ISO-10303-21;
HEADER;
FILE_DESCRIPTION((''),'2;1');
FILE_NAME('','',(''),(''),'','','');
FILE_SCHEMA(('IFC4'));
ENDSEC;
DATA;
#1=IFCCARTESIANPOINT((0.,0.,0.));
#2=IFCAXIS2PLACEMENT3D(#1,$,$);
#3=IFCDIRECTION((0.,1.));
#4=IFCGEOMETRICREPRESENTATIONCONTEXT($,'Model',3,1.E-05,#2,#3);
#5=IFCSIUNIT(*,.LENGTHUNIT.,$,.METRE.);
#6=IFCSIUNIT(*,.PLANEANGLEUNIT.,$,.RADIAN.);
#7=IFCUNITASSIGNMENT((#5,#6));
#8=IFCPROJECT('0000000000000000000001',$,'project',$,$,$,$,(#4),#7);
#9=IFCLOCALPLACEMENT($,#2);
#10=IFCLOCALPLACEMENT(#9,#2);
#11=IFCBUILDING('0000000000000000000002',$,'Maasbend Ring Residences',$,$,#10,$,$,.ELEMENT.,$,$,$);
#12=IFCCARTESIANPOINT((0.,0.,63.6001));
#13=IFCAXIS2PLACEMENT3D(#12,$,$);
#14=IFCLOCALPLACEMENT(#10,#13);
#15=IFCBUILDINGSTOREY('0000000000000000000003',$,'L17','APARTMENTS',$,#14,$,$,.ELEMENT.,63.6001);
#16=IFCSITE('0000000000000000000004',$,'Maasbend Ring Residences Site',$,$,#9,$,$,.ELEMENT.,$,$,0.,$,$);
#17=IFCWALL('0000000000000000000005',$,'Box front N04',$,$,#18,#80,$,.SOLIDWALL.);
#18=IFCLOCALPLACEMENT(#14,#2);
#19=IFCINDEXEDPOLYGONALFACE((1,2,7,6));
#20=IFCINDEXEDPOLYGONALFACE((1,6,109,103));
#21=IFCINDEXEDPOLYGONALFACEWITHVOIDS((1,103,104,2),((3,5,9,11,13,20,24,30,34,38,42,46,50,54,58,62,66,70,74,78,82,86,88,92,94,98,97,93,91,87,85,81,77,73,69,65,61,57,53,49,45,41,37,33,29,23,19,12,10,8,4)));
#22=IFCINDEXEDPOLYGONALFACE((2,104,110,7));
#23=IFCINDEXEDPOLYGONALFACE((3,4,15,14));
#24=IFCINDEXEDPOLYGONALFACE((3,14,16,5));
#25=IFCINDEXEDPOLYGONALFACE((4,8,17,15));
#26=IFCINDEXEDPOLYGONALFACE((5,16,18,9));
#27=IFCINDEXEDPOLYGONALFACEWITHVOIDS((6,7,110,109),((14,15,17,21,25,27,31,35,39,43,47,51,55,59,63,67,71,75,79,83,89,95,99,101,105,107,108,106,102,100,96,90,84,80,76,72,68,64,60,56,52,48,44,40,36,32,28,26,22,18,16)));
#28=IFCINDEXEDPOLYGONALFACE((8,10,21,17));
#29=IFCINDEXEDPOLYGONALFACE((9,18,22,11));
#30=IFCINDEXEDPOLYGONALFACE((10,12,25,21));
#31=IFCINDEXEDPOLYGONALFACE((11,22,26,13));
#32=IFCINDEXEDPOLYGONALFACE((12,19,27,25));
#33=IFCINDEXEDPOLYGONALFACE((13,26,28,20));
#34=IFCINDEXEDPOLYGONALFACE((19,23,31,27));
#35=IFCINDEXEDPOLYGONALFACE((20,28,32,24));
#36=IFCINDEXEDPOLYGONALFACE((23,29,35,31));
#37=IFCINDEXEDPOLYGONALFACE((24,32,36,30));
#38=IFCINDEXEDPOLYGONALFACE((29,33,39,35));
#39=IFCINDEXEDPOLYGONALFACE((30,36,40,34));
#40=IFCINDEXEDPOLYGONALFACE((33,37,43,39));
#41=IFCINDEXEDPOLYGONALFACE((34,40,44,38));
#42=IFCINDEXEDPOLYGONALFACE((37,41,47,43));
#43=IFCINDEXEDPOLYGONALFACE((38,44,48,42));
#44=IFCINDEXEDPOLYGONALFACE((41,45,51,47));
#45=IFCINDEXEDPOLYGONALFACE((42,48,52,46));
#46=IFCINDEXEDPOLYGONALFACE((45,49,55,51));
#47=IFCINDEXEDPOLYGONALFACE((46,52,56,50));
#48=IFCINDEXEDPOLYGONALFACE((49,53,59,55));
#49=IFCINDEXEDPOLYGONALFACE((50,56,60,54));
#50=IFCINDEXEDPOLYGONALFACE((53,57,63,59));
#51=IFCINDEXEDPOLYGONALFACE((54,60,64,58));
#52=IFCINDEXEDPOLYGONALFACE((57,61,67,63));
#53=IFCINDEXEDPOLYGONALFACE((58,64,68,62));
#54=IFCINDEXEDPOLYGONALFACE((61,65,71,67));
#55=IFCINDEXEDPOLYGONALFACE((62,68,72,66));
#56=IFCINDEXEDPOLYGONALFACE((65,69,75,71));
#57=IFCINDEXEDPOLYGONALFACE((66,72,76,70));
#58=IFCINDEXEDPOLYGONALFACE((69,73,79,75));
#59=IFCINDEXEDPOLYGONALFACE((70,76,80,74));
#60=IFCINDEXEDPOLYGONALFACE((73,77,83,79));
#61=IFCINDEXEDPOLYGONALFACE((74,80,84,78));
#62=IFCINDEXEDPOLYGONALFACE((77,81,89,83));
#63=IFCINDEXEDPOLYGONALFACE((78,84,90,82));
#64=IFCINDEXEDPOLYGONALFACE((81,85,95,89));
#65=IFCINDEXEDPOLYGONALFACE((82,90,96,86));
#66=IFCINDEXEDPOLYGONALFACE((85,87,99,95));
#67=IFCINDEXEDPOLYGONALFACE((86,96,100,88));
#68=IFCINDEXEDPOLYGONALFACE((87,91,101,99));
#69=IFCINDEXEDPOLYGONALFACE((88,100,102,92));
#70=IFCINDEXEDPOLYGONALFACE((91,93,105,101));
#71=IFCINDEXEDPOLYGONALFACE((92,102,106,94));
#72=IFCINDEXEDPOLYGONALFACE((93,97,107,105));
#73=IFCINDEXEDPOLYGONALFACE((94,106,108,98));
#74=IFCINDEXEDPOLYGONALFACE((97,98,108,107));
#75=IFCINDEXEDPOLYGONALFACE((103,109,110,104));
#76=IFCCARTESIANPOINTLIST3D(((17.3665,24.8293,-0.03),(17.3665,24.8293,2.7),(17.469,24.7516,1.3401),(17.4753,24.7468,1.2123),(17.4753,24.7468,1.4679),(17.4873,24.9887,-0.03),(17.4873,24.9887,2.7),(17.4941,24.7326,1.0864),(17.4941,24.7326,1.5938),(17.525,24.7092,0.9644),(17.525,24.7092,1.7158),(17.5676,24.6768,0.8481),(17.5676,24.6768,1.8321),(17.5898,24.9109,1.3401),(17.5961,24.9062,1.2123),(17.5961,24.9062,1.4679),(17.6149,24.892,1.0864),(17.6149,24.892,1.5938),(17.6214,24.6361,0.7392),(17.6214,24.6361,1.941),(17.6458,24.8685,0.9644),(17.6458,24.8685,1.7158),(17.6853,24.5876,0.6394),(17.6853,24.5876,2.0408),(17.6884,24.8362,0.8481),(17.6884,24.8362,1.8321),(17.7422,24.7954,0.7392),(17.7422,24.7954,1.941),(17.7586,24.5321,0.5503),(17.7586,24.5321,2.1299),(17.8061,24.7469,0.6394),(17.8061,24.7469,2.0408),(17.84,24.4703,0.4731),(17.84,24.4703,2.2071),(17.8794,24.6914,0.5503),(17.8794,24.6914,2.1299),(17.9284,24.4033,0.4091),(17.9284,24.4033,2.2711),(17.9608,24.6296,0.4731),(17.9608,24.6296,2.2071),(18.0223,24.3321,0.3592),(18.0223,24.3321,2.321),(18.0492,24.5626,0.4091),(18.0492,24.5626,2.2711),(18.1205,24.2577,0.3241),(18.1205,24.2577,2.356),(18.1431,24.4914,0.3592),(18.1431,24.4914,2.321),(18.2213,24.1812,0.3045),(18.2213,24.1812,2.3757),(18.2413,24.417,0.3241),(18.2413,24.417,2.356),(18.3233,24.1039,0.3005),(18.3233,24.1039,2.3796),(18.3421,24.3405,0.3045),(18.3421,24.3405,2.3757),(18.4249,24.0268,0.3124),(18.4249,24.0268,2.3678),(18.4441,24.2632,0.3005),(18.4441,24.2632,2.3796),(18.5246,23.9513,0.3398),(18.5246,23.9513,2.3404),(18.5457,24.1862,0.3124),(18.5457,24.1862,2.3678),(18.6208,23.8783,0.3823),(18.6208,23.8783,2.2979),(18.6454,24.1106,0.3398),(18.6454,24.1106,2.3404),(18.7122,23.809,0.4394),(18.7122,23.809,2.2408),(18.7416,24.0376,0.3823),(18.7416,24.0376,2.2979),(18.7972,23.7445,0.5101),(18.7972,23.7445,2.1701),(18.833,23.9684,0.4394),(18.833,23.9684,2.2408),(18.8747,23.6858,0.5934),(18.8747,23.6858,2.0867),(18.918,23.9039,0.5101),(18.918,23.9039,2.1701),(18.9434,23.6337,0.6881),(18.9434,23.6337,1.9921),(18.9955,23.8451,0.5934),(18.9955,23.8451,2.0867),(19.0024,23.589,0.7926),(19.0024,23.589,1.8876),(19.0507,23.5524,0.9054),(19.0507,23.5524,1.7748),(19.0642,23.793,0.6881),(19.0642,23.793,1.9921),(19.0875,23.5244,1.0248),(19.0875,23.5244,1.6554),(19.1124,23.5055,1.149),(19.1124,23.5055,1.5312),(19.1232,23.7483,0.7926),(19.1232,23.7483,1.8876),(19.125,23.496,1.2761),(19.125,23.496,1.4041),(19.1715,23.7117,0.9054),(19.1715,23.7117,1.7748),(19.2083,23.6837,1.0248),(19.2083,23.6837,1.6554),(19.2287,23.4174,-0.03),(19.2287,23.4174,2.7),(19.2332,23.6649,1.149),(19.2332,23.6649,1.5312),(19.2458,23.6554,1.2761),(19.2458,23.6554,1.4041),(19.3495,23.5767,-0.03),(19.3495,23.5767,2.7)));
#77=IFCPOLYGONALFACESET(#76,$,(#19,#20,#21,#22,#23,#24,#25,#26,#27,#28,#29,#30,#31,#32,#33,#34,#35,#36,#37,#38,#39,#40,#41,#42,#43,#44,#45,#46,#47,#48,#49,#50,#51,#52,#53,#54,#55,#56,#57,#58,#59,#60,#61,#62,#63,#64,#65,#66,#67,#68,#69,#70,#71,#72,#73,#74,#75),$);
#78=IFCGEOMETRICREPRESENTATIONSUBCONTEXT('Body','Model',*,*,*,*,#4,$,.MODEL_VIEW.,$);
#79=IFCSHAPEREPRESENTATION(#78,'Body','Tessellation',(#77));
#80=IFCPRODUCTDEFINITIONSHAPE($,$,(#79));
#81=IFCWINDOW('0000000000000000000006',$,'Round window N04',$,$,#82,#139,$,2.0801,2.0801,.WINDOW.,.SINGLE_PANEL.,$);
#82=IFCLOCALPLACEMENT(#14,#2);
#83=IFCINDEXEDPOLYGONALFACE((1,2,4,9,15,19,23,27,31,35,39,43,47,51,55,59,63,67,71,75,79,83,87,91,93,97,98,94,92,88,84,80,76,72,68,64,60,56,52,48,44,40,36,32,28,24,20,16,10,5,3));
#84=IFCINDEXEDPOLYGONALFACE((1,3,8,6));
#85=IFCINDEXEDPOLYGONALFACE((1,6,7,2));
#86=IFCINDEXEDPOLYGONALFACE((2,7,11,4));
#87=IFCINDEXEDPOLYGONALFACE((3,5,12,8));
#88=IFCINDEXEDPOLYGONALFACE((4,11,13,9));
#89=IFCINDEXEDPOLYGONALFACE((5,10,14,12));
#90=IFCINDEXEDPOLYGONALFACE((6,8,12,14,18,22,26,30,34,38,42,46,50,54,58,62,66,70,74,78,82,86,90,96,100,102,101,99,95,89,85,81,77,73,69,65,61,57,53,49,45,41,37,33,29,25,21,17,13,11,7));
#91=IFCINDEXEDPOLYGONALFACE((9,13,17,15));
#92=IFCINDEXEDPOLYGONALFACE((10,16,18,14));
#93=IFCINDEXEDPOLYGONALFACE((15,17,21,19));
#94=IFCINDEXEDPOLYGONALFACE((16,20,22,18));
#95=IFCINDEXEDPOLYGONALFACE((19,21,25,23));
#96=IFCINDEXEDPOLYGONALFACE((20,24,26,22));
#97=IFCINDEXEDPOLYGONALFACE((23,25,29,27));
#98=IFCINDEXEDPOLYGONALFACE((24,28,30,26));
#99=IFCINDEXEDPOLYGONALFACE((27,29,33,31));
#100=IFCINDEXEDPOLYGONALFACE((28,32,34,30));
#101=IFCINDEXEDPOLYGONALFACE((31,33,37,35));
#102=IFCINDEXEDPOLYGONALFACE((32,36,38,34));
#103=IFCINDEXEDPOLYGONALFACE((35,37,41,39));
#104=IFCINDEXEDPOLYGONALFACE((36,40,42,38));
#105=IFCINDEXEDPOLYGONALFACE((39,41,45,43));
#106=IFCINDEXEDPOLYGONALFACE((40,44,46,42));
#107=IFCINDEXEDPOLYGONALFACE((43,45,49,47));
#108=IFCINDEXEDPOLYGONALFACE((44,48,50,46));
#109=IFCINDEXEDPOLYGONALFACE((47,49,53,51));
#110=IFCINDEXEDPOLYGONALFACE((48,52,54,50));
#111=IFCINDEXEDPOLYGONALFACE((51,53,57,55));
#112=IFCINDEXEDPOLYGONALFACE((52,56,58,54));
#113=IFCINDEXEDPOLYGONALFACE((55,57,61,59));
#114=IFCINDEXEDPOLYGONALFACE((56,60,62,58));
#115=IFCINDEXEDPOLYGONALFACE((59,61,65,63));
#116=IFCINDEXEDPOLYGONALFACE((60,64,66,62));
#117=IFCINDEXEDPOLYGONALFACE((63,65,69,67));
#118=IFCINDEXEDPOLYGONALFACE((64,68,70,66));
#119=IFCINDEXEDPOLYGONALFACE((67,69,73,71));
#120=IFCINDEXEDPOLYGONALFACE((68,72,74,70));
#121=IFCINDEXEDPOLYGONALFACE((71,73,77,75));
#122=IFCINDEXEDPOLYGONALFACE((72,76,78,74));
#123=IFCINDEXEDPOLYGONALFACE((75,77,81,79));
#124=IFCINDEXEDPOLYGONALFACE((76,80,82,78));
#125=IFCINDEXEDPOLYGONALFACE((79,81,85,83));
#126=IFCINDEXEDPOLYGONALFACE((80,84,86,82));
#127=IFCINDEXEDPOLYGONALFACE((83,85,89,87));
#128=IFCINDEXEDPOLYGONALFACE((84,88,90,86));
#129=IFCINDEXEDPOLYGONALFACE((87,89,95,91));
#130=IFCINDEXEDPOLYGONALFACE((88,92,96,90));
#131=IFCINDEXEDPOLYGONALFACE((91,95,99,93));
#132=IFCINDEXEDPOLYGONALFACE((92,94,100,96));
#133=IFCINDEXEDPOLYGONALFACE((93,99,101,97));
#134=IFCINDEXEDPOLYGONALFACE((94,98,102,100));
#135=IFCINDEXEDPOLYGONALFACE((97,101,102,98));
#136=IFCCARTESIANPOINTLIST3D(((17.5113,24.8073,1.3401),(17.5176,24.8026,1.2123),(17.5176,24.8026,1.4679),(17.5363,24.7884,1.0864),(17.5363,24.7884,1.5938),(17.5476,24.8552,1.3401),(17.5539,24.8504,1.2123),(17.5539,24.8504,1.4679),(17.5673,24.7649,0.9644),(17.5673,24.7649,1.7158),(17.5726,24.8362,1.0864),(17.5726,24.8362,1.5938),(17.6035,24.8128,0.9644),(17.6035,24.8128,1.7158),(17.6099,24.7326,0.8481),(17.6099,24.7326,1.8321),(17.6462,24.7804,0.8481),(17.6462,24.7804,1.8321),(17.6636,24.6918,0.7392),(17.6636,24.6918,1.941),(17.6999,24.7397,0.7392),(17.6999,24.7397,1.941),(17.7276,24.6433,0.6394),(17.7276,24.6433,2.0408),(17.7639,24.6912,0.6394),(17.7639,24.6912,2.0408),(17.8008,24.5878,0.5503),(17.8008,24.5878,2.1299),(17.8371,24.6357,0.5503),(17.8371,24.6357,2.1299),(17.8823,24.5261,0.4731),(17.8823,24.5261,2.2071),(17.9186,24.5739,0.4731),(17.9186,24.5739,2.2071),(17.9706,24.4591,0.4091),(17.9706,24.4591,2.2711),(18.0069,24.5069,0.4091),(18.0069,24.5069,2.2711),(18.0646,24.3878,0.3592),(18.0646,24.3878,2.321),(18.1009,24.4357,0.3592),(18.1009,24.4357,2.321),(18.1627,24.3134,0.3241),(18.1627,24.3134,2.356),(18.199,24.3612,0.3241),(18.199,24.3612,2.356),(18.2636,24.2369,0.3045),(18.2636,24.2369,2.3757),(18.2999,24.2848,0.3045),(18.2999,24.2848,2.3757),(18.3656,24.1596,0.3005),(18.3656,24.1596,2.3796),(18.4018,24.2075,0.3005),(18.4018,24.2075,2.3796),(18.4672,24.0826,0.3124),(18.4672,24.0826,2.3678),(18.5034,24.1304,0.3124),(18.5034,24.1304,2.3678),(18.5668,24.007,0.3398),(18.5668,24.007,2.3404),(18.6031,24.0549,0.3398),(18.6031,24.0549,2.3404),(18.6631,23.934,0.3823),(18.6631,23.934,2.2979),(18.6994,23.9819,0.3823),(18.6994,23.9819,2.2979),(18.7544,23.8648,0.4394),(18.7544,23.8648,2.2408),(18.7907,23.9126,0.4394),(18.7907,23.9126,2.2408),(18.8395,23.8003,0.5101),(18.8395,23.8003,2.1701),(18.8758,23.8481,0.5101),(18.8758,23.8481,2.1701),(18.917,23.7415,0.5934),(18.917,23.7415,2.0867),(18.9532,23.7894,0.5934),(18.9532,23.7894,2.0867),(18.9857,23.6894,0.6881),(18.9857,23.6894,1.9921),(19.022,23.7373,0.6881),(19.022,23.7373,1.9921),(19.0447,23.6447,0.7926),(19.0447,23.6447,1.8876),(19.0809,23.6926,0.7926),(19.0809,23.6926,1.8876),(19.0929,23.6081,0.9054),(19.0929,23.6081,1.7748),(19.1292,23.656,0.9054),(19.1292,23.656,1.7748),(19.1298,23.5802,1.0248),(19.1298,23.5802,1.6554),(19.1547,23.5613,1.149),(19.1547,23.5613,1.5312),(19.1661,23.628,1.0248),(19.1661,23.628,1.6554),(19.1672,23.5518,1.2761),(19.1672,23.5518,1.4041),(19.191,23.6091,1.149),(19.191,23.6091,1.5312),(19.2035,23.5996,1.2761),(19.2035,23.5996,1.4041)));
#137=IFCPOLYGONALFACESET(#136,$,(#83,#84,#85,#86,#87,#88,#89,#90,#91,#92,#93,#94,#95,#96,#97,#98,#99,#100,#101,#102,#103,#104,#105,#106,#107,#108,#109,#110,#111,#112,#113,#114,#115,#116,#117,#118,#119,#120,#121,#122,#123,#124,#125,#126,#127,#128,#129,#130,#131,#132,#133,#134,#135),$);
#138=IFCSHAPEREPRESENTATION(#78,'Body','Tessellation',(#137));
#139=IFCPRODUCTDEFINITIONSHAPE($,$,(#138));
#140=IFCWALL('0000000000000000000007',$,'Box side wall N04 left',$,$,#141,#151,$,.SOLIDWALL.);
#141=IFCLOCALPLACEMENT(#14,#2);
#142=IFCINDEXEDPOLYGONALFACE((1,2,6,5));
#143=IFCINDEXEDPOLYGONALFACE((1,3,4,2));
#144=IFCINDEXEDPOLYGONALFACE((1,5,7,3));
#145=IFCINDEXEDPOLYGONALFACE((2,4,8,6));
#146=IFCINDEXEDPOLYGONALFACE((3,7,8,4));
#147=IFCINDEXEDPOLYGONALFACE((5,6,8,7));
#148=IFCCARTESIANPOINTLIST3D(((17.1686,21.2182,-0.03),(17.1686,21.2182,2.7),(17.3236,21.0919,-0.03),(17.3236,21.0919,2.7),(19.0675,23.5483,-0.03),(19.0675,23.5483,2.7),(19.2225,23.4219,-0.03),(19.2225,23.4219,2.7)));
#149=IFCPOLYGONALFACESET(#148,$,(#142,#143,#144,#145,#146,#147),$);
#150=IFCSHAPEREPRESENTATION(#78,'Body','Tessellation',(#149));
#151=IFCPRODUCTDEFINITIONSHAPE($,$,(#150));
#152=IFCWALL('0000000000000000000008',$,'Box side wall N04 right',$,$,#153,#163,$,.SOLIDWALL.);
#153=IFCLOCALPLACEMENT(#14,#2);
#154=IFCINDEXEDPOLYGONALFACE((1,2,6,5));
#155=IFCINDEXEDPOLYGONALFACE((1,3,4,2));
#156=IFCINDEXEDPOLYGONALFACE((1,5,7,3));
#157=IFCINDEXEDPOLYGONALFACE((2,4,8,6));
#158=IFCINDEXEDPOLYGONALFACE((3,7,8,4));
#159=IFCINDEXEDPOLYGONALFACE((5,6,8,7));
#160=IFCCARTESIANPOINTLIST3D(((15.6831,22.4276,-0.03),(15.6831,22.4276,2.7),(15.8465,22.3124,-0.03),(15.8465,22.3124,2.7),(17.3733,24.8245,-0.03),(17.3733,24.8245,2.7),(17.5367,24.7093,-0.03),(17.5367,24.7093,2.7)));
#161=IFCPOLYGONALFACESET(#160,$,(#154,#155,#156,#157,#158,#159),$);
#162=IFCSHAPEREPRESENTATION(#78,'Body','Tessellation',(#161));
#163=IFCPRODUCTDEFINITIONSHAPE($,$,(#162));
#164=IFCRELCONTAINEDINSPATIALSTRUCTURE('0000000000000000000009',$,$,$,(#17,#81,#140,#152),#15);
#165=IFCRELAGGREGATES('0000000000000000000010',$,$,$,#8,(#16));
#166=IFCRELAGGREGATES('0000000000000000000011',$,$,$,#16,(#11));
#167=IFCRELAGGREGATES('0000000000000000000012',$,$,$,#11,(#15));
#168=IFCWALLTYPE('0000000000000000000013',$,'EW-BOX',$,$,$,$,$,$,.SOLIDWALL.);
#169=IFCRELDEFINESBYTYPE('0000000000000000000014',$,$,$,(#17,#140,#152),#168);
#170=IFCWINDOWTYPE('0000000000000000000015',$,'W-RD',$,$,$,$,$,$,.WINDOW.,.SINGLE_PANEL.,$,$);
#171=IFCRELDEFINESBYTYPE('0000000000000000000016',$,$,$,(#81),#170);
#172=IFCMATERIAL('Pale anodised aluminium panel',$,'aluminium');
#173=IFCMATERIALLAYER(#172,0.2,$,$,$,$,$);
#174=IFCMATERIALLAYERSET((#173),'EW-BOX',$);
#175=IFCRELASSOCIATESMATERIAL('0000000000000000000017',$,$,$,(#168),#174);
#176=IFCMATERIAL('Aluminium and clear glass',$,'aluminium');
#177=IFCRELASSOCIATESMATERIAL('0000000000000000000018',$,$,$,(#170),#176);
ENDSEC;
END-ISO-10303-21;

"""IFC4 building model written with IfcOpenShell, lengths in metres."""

from ifc_helpers import new_model, si_unit, direction, frame, frame_2d, origin, place, context, subcontext, project, spatial, rectangle, circle, extrude, material, layer, layer_set, type_object, element, fill, save


model = new_model("IFC4")

# Units and contexts
model_context = context("Model", 3, precision=1e-05, world=origin(), true_north=direction((0.0, 1.0)))
body_context = subcontext(model_context, "Body", "Model", "MODEL_VIEW")
ifc_project = project(units=[si_unit("LENGTHUNIT", "METRE"), si_unit("PLANEANGLEUNIT", "RADIAN")], contexts=[model_context])

# Site, building, storey
site_placement = place(None, origin())
site = spatial("IfcSite", under=ifc_project, at=site_placement, Name="Maasbend Ring Residences Site", CompositionType="ELEMENT", RefElevation=0.0)
building_placement = place(site_placement, origin())
building = spatial("IfcBuilding", under=site, at=building_placement, Name="Maasbend Ring Residences", CompositionType="ELEMENT")
storey_placement = place(building_placement, frame((0.0, 0.0, 63.6001)))
storey = spatial("IfcBuildingStorey", under=building, at=storey_placement, Name="L17", Description="APARTMENTS", CompositionType="ELEMENT", Elevation=63.6001)

# Shared definitions
ifc_material_1 = material(Name="Pale anodised aluminium panel", Category="aluminium")
ifc_layer_1 = layer(ifc_material_1, 0.2)
ifc_layer_set_1 = layer_set([ifc_layer_1], Name="EW-BOX")
wall_type_1 = type_object("IfcWallType", Name="EW-BOX", PredefinedType="SOLIDWALL", material=ifc_layer_set_1)
ifc_material_2 = material(Name="Aluminium and clear glass", Category="aluminium")
window_type_1 = type_object("IfcWindowType", Name="W-RD", PartitioningType="SINGLE_PANEL", PredefinedType="WINDOW", material=ifc_material_2)

# Wall, opening, window
wall_1_placement = place(storey_placement, frame((19.2891, 23.4971, -0.03), z_axis=(0.0, 0.0, 1.0), x_axis=(-0.796842, 0.604188, 0.0)))
wall_1 = element("IfcWall", 1, at=wall_1_placement, inside=storey, type_object=wall_type_1, Name="Box front N04", PredefinedType="SOLIDWALL", context=body_context, shape_type="SweptSolid", body=[
    extrude(rectangle(XDim=2.3369, YDim=0.2, at=frame_2d((1.1685, 0.0))), origin(), (0.0, 0.0, 1.0), 2.73),
])
opening_1_placement = place(wall_1_placement, frame((0.1282, 0.0, 0.3301)))
opening_1 = element("IfcOpeningElement", 2, at=opening_1_placement, cuts=wall_1, PredefinedType="OPENING", context=body_context, shape_type="SweptSolid", body=[
    extrude(circle(Radius=1.04, at=frame_2d((1.04, 1.04))), frame((0.0, 0.1099, 0.0), z_axis=(0.0, -1.0, 0.0), x_axis=(1.0, 0.0, 0.0)), (0.0, 0.0, 1.0), 0.22),
])
window_1_placement = place(opening_1_placement, origin())
window_1 = element("IfcWindow", 3, at=window_1_placement, inside=storey, type_object=window_type_1, Name="Round window N04", OverallHeight=2.0801, OverallWidth=2.0801, PartitioningType="SINGLE_PANEL", PredefinedType="WINDOW", context=body_context, shape_type="SweptSolid", body=[
    extrude(circle(Radius=1.04, at=frame_2d((1.04, 1.04))), frame((0.0, 0.03, 0.0), z_axis=(0.0, -1.0, 0.0), x_axis=(1.0, 0.0, 0.0)), (0.0, 0.0, 1.0), 0.0601),
])
fill(opening_1, window_1)

# Walls
wall_2_placement = place(storey_placement, frame((17.2461, 21.155, -0.03), z_axis=(0.0, 0.0, 1.0), x_axis=(0.631742, 0.775179, 0.0)))
element("IfcWall", 4, at=wall_2_placement, inside=storey, type_object=wall_type_1, Name="Box side wall N04 left", PredefinedType="SOLIDWALL", context=body_context, shape_type="SweptSolid", body=[
    extrude(rectangle(XDim=3.0059, YDim=0.2, at=frame_2d((1.5029, 0.0))), origin(), (0.0, 0.0, 1.0), 2.73),
])
wall_3_placement = place(storey_placement, frame((15.7649, 22.3701, -0.03), z_axis=(0.0, 0.0, 1.0), x_axis=(0.576275, 0.817256, 0.0)))
element("IfcWall", 5, at=wall_3_placement, inside=storey, type_object=wall_type_1, Name="Box side wall N04 right", PredefinedType="SOLIDWALL", context=body_context, shape_type="SweptSolid", body=[
    extrude(rectangle(XDim=2.9329, YDim=0.2, at=frame_2d((1.4663, 0.0))), origin(), (0.0, 0.0, 1.0), 2.73),
])

save(model, "model.ifc")
